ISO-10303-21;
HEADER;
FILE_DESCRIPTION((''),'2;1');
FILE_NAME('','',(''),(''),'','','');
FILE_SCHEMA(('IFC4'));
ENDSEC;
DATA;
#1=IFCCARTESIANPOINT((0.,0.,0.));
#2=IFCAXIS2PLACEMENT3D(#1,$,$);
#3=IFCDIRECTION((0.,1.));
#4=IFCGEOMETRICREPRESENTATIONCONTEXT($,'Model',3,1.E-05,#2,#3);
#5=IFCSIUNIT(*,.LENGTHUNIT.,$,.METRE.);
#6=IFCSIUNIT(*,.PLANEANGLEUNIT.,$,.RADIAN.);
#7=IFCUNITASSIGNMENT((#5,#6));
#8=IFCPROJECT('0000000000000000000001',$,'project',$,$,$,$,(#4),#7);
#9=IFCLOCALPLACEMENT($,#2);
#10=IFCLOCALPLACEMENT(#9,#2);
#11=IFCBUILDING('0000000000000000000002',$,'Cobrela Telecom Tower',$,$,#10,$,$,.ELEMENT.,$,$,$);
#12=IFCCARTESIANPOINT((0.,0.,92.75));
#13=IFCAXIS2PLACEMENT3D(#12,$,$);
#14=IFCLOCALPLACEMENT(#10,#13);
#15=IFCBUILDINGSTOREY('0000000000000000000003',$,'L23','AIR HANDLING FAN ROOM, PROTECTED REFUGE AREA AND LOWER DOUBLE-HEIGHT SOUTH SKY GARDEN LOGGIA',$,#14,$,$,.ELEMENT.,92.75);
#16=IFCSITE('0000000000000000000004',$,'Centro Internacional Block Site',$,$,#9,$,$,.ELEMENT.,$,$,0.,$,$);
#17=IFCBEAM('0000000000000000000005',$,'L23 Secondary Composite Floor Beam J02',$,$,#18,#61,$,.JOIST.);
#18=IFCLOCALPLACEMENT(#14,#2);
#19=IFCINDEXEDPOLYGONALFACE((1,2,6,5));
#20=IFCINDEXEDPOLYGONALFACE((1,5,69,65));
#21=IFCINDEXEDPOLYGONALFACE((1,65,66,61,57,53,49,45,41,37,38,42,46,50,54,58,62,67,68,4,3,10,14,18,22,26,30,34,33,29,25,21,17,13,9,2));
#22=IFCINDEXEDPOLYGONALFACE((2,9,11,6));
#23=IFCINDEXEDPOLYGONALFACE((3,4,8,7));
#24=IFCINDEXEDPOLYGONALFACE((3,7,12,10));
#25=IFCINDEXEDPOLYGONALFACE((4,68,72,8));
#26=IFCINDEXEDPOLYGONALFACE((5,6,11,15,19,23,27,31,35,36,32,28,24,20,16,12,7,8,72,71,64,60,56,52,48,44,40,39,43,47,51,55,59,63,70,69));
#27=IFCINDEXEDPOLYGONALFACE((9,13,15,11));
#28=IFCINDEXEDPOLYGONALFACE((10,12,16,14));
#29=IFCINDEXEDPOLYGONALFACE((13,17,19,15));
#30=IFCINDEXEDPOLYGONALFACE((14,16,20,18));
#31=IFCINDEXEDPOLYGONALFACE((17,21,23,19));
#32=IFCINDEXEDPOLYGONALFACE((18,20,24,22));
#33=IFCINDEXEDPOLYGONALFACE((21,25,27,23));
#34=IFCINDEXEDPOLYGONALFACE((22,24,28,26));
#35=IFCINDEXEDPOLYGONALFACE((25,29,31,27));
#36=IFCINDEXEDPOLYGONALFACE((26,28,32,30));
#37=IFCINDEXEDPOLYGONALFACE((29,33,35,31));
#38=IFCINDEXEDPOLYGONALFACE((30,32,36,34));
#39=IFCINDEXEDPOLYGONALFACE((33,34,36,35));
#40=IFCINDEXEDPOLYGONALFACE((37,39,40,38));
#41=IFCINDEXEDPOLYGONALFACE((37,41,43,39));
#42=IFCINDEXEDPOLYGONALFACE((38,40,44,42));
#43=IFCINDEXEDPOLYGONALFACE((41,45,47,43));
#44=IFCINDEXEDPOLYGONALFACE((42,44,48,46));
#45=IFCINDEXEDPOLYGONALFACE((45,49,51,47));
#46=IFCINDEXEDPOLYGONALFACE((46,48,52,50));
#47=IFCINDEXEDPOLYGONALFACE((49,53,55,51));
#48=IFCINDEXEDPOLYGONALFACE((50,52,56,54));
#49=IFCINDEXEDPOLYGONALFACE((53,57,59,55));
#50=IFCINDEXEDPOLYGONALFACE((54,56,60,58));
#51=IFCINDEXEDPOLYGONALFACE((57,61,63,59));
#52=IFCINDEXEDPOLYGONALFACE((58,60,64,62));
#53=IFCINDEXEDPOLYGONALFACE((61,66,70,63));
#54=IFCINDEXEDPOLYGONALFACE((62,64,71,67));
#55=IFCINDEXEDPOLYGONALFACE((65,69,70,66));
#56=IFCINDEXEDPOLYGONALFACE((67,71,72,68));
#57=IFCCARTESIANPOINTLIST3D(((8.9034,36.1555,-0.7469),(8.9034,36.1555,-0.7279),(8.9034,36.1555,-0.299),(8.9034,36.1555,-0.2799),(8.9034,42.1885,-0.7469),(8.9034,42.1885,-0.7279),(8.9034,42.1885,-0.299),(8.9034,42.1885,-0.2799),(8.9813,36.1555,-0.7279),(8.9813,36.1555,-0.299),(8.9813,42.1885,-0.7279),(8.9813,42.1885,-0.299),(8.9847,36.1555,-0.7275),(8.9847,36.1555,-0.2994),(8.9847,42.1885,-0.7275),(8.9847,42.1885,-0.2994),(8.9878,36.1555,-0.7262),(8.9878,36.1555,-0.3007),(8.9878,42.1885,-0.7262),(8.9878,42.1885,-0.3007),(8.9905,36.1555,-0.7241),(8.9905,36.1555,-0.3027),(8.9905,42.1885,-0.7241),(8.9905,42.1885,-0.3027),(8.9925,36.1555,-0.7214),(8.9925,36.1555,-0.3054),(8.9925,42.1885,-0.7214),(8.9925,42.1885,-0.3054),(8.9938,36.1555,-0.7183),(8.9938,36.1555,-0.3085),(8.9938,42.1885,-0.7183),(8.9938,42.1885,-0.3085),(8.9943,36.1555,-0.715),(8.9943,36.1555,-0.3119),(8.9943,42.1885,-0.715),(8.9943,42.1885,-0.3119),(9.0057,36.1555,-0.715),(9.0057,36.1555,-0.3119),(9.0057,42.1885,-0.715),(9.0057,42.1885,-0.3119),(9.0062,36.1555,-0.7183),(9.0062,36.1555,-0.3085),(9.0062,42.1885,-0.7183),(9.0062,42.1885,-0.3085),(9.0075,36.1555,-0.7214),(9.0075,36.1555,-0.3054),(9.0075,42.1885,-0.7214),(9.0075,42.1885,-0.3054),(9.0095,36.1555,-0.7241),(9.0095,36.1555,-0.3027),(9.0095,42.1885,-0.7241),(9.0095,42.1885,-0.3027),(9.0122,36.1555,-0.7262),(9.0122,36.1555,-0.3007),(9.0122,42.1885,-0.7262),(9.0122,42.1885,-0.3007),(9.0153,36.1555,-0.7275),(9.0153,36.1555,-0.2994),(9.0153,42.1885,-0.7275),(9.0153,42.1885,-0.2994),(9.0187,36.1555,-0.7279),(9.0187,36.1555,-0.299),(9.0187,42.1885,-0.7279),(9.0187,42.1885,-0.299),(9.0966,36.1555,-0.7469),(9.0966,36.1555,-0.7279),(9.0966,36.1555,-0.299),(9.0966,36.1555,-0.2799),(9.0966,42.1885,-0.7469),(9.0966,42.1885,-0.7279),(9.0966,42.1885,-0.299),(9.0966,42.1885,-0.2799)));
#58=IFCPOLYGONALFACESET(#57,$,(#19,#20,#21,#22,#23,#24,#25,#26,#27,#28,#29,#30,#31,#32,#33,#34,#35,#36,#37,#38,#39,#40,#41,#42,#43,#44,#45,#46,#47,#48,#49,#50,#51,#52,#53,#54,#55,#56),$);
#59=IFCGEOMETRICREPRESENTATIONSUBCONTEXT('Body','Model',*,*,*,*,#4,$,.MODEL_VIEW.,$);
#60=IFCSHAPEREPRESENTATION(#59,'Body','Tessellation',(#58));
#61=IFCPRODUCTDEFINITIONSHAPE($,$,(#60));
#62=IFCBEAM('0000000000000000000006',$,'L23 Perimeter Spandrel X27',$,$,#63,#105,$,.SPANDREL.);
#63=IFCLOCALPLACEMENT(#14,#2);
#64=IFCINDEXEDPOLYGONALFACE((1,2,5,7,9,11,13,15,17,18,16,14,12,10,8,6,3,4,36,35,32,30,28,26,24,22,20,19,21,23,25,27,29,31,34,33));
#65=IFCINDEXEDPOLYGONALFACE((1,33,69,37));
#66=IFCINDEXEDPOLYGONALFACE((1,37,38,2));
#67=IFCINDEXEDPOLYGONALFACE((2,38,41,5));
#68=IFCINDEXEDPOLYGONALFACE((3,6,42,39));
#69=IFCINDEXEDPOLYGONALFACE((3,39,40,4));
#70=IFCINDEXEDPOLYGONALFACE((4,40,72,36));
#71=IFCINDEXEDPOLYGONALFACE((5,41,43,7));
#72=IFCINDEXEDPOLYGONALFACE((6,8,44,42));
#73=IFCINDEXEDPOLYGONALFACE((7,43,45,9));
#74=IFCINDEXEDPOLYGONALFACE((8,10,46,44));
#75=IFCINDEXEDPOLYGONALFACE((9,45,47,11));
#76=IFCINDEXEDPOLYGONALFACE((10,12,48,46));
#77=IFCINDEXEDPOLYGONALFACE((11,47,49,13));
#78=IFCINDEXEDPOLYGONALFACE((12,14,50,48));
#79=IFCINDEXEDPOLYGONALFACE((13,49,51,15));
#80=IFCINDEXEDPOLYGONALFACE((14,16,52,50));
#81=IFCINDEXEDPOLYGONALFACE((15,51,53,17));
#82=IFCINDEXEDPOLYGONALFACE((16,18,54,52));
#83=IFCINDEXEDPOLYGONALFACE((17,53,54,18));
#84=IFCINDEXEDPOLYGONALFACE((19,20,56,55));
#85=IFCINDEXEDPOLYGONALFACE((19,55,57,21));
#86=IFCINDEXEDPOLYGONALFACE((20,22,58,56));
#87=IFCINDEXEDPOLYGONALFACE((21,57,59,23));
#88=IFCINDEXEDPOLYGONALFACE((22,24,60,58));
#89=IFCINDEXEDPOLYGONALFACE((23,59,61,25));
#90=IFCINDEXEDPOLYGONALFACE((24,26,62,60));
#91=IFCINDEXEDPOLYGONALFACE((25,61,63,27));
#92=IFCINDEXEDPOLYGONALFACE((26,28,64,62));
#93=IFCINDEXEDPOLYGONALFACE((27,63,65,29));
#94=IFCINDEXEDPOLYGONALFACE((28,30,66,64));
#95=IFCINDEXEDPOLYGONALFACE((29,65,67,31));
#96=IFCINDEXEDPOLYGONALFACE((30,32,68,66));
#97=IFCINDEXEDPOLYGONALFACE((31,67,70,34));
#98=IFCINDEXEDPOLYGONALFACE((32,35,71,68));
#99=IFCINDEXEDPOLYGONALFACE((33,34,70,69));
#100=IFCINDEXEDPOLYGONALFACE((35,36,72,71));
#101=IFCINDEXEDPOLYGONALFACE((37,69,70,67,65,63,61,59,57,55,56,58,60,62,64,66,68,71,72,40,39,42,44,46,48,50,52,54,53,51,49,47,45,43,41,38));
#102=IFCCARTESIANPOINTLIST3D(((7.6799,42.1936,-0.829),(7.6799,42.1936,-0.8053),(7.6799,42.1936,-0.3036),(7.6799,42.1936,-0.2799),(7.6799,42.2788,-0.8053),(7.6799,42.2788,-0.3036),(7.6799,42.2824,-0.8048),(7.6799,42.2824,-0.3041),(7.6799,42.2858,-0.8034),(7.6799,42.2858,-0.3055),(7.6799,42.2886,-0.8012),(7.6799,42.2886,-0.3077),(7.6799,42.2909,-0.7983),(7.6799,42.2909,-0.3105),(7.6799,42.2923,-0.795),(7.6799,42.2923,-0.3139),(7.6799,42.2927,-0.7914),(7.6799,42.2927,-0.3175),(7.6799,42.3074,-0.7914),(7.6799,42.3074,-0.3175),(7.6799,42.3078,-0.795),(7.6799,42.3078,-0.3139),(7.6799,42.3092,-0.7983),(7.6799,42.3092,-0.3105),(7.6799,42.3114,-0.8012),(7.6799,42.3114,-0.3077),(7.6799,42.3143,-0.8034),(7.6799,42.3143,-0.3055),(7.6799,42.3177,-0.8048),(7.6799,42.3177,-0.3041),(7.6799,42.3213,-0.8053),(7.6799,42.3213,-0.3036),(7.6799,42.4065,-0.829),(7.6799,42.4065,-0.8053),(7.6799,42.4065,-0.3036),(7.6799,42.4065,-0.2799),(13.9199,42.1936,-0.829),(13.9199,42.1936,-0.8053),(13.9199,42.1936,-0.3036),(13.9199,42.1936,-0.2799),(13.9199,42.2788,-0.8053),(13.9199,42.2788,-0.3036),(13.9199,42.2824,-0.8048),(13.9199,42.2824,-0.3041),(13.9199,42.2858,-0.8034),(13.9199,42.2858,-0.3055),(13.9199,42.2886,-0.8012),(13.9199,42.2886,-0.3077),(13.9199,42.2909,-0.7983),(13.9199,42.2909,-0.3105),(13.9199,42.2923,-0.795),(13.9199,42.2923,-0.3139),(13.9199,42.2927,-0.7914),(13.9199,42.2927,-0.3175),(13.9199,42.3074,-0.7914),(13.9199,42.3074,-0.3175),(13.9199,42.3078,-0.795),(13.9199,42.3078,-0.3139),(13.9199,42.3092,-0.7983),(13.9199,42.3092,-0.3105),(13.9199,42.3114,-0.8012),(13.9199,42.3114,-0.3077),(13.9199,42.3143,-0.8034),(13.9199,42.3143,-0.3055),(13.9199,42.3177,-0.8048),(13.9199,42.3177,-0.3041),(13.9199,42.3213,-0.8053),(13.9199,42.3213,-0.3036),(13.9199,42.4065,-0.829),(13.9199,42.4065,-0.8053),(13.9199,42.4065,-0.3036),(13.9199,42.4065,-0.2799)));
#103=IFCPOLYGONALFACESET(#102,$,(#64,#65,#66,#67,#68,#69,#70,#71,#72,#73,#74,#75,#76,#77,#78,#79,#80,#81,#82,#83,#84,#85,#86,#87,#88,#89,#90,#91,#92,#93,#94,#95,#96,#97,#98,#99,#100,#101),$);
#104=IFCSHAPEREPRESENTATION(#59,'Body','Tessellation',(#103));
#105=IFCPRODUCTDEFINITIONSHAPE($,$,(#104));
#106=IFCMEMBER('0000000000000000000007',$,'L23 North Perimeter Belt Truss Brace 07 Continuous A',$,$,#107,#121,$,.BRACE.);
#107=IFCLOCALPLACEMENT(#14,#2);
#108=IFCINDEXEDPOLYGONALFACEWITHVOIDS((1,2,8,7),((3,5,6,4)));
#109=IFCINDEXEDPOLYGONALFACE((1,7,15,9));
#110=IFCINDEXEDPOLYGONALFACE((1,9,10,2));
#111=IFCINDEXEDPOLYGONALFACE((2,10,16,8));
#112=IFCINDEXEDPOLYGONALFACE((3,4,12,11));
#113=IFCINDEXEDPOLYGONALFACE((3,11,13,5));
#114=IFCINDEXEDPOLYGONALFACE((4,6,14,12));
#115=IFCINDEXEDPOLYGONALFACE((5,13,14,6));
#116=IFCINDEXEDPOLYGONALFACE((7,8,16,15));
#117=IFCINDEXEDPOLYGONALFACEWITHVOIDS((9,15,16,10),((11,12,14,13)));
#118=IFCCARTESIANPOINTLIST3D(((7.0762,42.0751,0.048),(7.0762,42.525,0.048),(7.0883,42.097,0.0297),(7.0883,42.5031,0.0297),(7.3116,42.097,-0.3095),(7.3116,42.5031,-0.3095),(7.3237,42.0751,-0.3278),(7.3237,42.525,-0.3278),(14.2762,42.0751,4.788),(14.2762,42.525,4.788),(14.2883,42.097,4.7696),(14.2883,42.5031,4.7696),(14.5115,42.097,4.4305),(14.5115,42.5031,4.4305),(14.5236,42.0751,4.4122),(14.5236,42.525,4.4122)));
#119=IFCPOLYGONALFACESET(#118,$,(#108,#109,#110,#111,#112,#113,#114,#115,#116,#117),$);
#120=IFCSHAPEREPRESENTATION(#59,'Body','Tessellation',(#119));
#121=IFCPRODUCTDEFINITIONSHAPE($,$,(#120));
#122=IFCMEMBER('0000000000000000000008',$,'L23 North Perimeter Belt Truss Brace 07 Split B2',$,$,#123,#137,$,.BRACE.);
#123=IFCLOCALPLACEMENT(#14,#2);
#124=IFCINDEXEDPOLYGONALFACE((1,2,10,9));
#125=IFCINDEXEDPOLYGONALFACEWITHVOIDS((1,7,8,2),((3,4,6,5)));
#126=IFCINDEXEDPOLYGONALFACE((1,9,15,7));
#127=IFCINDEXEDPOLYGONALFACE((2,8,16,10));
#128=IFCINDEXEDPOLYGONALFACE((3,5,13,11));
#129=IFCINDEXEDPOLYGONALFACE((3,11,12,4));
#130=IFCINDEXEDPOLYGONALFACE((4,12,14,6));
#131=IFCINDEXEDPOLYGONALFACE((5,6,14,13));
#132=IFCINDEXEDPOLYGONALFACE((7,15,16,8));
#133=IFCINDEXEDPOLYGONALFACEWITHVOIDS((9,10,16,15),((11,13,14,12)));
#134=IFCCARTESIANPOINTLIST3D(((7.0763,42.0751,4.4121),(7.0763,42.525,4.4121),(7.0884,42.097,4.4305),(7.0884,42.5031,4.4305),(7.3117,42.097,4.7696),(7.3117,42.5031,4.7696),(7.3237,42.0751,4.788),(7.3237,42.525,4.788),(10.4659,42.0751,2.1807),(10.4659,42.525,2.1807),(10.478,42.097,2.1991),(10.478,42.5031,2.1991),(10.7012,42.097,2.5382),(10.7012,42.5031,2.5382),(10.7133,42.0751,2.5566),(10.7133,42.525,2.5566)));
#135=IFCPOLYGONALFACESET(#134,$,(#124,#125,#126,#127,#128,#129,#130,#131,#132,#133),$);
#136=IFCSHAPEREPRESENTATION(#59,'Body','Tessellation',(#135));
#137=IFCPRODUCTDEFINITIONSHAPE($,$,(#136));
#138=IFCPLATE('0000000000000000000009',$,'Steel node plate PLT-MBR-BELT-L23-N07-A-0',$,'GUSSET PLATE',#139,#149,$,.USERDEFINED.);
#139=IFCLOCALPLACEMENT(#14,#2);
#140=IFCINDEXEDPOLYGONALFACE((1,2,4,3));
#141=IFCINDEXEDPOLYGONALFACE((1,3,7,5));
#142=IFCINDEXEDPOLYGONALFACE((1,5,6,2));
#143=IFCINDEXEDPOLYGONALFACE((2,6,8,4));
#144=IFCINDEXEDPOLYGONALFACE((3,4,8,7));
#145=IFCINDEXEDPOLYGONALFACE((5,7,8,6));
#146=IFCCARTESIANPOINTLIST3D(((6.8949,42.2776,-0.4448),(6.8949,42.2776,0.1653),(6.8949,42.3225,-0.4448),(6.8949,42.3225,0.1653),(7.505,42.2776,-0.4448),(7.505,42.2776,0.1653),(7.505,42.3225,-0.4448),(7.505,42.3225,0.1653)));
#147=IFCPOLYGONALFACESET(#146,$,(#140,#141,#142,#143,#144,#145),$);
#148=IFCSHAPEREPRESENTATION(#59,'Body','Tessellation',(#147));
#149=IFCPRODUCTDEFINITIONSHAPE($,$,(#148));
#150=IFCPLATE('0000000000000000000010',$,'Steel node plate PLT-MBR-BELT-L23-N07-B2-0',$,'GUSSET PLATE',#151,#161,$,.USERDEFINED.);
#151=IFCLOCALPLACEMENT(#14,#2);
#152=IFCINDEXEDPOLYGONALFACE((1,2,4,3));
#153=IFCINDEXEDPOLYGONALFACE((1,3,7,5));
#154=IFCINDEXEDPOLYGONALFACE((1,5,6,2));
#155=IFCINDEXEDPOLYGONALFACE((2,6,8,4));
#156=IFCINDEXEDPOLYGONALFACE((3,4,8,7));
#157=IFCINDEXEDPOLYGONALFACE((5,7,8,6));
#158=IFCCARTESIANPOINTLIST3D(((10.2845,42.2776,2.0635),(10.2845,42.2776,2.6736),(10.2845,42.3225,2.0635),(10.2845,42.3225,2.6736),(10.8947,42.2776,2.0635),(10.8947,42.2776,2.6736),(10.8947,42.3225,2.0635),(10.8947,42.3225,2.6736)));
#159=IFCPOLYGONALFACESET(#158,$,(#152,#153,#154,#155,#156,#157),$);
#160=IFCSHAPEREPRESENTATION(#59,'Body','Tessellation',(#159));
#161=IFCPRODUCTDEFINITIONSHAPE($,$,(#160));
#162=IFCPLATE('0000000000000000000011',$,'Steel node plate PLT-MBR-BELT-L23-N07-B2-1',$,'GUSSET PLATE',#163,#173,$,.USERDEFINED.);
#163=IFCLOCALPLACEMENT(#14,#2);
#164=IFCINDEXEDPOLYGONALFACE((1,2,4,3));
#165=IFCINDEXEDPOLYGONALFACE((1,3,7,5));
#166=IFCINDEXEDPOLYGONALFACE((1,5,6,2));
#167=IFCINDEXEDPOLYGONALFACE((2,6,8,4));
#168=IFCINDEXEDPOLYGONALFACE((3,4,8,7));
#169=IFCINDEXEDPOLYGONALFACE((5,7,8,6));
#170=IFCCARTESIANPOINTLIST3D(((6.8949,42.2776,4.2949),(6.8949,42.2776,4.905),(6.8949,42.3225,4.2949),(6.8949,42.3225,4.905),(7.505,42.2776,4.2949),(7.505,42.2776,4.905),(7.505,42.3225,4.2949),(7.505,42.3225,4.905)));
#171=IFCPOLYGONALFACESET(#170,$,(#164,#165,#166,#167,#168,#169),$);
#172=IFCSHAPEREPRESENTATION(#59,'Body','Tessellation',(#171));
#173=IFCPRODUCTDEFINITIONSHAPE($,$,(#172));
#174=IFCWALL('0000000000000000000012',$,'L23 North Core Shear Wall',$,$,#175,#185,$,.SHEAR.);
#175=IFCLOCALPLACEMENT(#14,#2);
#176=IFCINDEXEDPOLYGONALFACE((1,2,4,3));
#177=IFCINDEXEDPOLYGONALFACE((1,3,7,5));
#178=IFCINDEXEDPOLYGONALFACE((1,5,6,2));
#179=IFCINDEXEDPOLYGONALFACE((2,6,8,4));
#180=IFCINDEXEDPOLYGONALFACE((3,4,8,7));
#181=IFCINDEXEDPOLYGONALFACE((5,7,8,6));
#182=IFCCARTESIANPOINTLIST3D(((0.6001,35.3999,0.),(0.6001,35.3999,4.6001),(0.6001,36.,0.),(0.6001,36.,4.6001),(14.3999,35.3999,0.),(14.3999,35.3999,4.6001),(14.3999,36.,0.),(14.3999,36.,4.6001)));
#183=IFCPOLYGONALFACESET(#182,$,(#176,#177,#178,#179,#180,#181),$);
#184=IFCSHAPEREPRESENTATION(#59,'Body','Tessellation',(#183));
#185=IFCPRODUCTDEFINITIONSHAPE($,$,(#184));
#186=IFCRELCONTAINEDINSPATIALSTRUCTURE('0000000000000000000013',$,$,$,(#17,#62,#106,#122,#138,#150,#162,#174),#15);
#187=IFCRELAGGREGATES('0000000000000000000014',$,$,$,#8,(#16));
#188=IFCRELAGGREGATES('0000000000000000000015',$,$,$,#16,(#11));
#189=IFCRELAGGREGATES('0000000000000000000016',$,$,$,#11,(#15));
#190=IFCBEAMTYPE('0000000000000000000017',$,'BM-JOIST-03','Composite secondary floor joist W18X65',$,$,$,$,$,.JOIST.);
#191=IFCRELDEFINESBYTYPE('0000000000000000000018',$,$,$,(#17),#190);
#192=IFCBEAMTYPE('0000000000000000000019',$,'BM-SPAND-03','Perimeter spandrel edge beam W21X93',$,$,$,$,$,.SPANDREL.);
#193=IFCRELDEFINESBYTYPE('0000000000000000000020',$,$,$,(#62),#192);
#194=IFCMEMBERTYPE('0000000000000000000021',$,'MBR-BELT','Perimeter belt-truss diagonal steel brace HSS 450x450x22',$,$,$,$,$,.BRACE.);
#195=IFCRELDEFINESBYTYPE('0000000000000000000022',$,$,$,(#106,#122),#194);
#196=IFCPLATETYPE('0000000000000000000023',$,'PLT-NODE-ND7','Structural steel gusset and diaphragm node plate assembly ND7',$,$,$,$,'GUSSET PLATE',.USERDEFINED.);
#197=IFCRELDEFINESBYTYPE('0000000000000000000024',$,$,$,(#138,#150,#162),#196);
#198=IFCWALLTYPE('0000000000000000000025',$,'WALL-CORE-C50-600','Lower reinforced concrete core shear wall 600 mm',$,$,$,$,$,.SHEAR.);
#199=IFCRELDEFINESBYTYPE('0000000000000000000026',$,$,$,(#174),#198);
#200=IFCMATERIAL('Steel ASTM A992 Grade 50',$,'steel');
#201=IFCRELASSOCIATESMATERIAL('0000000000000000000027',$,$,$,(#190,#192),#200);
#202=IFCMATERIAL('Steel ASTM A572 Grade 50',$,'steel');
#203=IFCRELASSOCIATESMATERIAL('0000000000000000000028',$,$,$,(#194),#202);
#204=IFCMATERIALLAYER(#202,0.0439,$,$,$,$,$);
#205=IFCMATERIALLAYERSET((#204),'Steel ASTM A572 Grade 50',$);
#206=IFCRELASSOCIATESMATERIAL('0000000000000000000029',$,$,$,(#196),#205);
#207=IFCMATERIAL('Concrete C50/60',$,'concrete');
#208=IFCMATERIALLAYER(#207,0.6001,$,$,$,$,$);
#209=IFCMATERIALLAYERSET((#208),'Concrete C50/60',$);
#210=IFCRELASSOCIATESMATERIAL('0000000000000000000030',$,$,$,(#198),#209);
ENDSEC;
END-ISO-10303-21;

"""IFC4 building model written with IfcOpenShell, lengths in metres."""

from ifc_helpers import new_model, si_unit, direction, frame, frame_2d, origin, origin_2d, place, context, subcontext, project, spatial, rectangle, hollow_rectangle, i_section, extrude, material, layer, layer_set, material_profile, profile_set, type_object, element, save


model = new_model("IFC4")

# Units and contexts
model_context = context("Model", 3, precision=1e-05, world=origin(), true_north=direction((0.0, 1.0)))
body_context = subcontext(model_context, "Body", "Model", "MODEL_VIEW")
ifc_project = project(units=[si_unit("LENGTHUNIT", "METRE"), si_unit("PLANEANGLEUNIT", "RADIAN")], contexts=[model_context])

# Site, building, storey
site_placement = place(None, origin())
site = spatial("IfcSite", under=ifc_project, at=site_placement, Name="Centro Internacional Block Site", CompositionType="ELEMENT", RefElevation=0.0)
building_placement = place(site_placement, origin())
building = spatial("IfcBuilding", under=site, at=building_placement, Name="Cobrela Telecom Tower", CompositionType="ELEMENT")
storey_placement = place(building_placement, frame((0.0, 0.0, 92.75)))
storey = spatial("IfcBuildingStorey", under=building, at=storey_placement, Name="L23", Description="AIR HANDLING FAN ROOM, PROTECTED REFUGE AREA AND LOWER DOUBLE-HEIGHT SOUTH SKY GARDEN LOGGIA", CompositionType="ELEMENT", Elevation=92.75)

# Shared definitions
ifc_material_1 = material(Name="Steel ASTM A572 Grade 50", Category="steel")

# Beams
ifc_material_2 = material(Name="Steel ASTM A992 Grade 50", Category="steel")
ifc_material_profile_1 = material_profile(ifc_material_2, i_section(OverallWidth=0.1931, OverallDepth=0.467, WebThickness=0.0115, FlangeThickness=0.019, FilletRadius=0.0129, at=origin_2d()), Name="W18X65")
ifc_profile_set_1 = profile_set([ifc_material_profile_1], Name="Steel ASTM A992 Grade 50")
beam_type_1 = type_object("IfcBeamType", Name="BM-JOIST-03", Description="Composite secondary floor joist W18X65", PredefinedType="JOIST", material=ifc_profile_set_1)
beam_1_placement = place(storey_placement, frame((9.0, 36.1555, -0.5134), z_axis=(0.0, 1.0, 0.0), x_axis=(-1.0, 0.0, 0.0)))
element("IfcBeam", 1, at=beam_1_placement, inside=storey, type_object=beam_type_1, Name="L23 Secondary Composite Floor Beam J02", PredefinedType="JOIST", context=body_context, shape_type="SweptSolid", body=[
    extrude(i_section(OverallWidth=0.1931, OverallDepth=0.467, WebThickness=0.0115, FlangeThickness=0.019, FilletRadius=0.0129, at=origin_2d()), origin(), (0.0, 0.0, 1.0), 6.033),
])
ifc_material_profile_2 = material_profile(ifc_material_2, i_section(OverallWidth=0.2129, OverallDepth=0.5491, WebThickness=0.0146, FlangeThickness=0.0237, FilletRadius=0.0139, at=origin_2d()), Name="W21X93")
ifc_profile_set_2 = profile_set([ifc_material_profile_2], Name="Steel ASTM A992 Grade 50")
beam_type_2 = type_object("IfcBeamType", Name="BM-SPAND-03", Description="Perimeter spandrel edge beam W21X93", PredefinedType="SPANDREL", material=ifc_profile_set_2)
beam_2_placement = place(storey_placement, frame((7.6799, 42.3, -0.5544), z_axis=(1.0, 0.0, 0.0), x_axis=(0.0, 1.0, 0.0)))
element("IfcBeam", 2, at=beam_2_placement, inside=storey, type_object=beam_type_2, Name="L23 Perimeter Spandrel X27", PredefinedType="SPANDREL", context=body_context, shape_type="SweptSolid", body=[
    extrude(i_section(OverallWidth=0.2129, OverallDepth=0.5491, WebThickness=0.0146, FlangeThickness=0.0237, FilletRadius=0.0139, at=origin_2d()), origin(), (0.0, 0.0, 1.0), 6.24),
])

# Members
ifc_material_profile_3 = material_profile(ifc_material_1, hollow_rectangle(XDim=0.45, YDim=0.45, WallThickness=0.022, at=origin_2d()), Name="HSS 450x450x22")
ifc_profile_set_3 = profile_set([ifc_material_profile_3], Name="Steel ASTM A572 Grade 50")
member_type = type_object("IfcMemberType", Name="MBR-BELT", Description="Perimeter belt-truss diagonal steel brace HSS 450x450x22", PredefinedType="BRACE", material=ifc_profile_set_3)
member_1_placement = place(storey_placement, frame((7.2, 42.3, -0.1399), z_axis=(0.835248, 0.0, 0.549874), x_axis=(0.0, 1.0, 0.0)))
element("IfcMember", 3, at=member_1_placement, inside=storey, type_object=member_type, Name="L23 North Perimeter Belt Truss Brace 07 Continuous A", PredefinedType="BRACE", context=body_context, shape_type="SweptSolid", body=[
    extrude(hollow_rectangle(XDim=0.45, YDim=0.45, WallThickness=0.022, at=origin_2d()), origin(), (0.0, 0.0, 1.0), 8.6201),
])
member_2_placement = place(storey_placement, frame((10.5896, 42.3, 2.3687), z_axis=(-0.835257, 0.0, 0.54986), x_axis=(0.0, -1.0, 0.0)))
element("IfcMember", 4, at=member_2_placement, inside=storey, type_object=member_type, Name="L23 North Perimeter Belt Truss Brace 07 Split B2", PredefinedType="BRACE", context=body_context, shape_type="SweptSolid", body=[
    extrude(hollow_rectangle(XDim=0.45, YDim=0.45, WallThickness=0.022, at=origin_2d()), origin(), (0.0, 0.0, 1.0), 4.0581),
])

# Plates
ifc_layer_1 = layer(ifc_material_1, 0.0439)
ifc_layer_set_1 = layer_set([ifc_layer_1], Name="Steel ASTM A572 Grade 50")
plate_type = type_object("IfcPlateType", Name="PLT-NODE-ND7", Description="Structural steel gusset and diaphragm node plate assembly ND7", ElementType="GUSSET PLATE", PredefinedType="USERDEFINED", material=ifc_layer_set_1)
for number, where, z_axis, x_axis, name in (
    (5, (7.2, 42.3, -0.4448), (0.0, 0.0, 1.0), (1.0, 0.0, 0.0), "Steel node plate PLT-MBR-BELT-L23-N07-A-0"),
    (6, (10.5896, 42.3, 2.0635), (0.0, 0.0, 1.0), (-1.0, 0.0, 0.0), "Steel node plate PLT-MBR-BELT-L23-N07-B2-0"),
    (7, (7.2, 42.3, 4.2949), (0.0, 0.0, 1.0), (-1.0, 0.0, 0.0), "Steel node plate PLT-MBR-BELT-L23-N07-B2-1"),
):
    element("IfcPlate", number, at=place(storey_placement, frame(where, z_axis=z_axis, x_axis=x_axis)), inside=storey, type_object=plate_type, Name=name, ObjectType="GUSSET PLATE", PredefinedType="USERDEFINED", context=body_context, shape_type="SweptSolid", body=[
        extrude(rectangle(XDim=0.6101, YDim=0.0449, at=origin_2d()), origin(), (0.0, 0.0, 1.0), 0.6101),
    ])

# Wall
ifc_material_3 = material(Name="Concrete C50/60", Category="concrete")
ifc_layer_2 = layer(ifc_material_3, 0.6001)
ifc_layer_set_2 = layer_set([ifc_layer_2], Name="Concrete C50/60")
wall_type_1 = type_object("IfcWallType", Name="WALL-CORE-C50-600", Description="Lower reinforced concrete core shear wall 600 mm", PredefinedType="SHEAR", material=ifc_layer_set_2)
wall_1_placement = place(storey_placement, frame((0.6001, 35.7, 0.0), z_axis=(0.0, 0.0, 1.0), x_axis=(1.0, 0.0, 0.0)))
element("IfcWall", 8, at=wall_1_placement, inside=storey, type_object=wall_type_1, Name="L23 North Core Shear Wall", PredefinedType="SHEAR", context=body_context, shape_type="SweptSolid", body=[
    extrude(rectangle(XDim=13.7998, YDim=0.6001, at=frame_2d((6.8999, 0.0))), origin(), (0.0, 0.0, 1.0), 4.6001),
])

save(model, "model.ifc")
